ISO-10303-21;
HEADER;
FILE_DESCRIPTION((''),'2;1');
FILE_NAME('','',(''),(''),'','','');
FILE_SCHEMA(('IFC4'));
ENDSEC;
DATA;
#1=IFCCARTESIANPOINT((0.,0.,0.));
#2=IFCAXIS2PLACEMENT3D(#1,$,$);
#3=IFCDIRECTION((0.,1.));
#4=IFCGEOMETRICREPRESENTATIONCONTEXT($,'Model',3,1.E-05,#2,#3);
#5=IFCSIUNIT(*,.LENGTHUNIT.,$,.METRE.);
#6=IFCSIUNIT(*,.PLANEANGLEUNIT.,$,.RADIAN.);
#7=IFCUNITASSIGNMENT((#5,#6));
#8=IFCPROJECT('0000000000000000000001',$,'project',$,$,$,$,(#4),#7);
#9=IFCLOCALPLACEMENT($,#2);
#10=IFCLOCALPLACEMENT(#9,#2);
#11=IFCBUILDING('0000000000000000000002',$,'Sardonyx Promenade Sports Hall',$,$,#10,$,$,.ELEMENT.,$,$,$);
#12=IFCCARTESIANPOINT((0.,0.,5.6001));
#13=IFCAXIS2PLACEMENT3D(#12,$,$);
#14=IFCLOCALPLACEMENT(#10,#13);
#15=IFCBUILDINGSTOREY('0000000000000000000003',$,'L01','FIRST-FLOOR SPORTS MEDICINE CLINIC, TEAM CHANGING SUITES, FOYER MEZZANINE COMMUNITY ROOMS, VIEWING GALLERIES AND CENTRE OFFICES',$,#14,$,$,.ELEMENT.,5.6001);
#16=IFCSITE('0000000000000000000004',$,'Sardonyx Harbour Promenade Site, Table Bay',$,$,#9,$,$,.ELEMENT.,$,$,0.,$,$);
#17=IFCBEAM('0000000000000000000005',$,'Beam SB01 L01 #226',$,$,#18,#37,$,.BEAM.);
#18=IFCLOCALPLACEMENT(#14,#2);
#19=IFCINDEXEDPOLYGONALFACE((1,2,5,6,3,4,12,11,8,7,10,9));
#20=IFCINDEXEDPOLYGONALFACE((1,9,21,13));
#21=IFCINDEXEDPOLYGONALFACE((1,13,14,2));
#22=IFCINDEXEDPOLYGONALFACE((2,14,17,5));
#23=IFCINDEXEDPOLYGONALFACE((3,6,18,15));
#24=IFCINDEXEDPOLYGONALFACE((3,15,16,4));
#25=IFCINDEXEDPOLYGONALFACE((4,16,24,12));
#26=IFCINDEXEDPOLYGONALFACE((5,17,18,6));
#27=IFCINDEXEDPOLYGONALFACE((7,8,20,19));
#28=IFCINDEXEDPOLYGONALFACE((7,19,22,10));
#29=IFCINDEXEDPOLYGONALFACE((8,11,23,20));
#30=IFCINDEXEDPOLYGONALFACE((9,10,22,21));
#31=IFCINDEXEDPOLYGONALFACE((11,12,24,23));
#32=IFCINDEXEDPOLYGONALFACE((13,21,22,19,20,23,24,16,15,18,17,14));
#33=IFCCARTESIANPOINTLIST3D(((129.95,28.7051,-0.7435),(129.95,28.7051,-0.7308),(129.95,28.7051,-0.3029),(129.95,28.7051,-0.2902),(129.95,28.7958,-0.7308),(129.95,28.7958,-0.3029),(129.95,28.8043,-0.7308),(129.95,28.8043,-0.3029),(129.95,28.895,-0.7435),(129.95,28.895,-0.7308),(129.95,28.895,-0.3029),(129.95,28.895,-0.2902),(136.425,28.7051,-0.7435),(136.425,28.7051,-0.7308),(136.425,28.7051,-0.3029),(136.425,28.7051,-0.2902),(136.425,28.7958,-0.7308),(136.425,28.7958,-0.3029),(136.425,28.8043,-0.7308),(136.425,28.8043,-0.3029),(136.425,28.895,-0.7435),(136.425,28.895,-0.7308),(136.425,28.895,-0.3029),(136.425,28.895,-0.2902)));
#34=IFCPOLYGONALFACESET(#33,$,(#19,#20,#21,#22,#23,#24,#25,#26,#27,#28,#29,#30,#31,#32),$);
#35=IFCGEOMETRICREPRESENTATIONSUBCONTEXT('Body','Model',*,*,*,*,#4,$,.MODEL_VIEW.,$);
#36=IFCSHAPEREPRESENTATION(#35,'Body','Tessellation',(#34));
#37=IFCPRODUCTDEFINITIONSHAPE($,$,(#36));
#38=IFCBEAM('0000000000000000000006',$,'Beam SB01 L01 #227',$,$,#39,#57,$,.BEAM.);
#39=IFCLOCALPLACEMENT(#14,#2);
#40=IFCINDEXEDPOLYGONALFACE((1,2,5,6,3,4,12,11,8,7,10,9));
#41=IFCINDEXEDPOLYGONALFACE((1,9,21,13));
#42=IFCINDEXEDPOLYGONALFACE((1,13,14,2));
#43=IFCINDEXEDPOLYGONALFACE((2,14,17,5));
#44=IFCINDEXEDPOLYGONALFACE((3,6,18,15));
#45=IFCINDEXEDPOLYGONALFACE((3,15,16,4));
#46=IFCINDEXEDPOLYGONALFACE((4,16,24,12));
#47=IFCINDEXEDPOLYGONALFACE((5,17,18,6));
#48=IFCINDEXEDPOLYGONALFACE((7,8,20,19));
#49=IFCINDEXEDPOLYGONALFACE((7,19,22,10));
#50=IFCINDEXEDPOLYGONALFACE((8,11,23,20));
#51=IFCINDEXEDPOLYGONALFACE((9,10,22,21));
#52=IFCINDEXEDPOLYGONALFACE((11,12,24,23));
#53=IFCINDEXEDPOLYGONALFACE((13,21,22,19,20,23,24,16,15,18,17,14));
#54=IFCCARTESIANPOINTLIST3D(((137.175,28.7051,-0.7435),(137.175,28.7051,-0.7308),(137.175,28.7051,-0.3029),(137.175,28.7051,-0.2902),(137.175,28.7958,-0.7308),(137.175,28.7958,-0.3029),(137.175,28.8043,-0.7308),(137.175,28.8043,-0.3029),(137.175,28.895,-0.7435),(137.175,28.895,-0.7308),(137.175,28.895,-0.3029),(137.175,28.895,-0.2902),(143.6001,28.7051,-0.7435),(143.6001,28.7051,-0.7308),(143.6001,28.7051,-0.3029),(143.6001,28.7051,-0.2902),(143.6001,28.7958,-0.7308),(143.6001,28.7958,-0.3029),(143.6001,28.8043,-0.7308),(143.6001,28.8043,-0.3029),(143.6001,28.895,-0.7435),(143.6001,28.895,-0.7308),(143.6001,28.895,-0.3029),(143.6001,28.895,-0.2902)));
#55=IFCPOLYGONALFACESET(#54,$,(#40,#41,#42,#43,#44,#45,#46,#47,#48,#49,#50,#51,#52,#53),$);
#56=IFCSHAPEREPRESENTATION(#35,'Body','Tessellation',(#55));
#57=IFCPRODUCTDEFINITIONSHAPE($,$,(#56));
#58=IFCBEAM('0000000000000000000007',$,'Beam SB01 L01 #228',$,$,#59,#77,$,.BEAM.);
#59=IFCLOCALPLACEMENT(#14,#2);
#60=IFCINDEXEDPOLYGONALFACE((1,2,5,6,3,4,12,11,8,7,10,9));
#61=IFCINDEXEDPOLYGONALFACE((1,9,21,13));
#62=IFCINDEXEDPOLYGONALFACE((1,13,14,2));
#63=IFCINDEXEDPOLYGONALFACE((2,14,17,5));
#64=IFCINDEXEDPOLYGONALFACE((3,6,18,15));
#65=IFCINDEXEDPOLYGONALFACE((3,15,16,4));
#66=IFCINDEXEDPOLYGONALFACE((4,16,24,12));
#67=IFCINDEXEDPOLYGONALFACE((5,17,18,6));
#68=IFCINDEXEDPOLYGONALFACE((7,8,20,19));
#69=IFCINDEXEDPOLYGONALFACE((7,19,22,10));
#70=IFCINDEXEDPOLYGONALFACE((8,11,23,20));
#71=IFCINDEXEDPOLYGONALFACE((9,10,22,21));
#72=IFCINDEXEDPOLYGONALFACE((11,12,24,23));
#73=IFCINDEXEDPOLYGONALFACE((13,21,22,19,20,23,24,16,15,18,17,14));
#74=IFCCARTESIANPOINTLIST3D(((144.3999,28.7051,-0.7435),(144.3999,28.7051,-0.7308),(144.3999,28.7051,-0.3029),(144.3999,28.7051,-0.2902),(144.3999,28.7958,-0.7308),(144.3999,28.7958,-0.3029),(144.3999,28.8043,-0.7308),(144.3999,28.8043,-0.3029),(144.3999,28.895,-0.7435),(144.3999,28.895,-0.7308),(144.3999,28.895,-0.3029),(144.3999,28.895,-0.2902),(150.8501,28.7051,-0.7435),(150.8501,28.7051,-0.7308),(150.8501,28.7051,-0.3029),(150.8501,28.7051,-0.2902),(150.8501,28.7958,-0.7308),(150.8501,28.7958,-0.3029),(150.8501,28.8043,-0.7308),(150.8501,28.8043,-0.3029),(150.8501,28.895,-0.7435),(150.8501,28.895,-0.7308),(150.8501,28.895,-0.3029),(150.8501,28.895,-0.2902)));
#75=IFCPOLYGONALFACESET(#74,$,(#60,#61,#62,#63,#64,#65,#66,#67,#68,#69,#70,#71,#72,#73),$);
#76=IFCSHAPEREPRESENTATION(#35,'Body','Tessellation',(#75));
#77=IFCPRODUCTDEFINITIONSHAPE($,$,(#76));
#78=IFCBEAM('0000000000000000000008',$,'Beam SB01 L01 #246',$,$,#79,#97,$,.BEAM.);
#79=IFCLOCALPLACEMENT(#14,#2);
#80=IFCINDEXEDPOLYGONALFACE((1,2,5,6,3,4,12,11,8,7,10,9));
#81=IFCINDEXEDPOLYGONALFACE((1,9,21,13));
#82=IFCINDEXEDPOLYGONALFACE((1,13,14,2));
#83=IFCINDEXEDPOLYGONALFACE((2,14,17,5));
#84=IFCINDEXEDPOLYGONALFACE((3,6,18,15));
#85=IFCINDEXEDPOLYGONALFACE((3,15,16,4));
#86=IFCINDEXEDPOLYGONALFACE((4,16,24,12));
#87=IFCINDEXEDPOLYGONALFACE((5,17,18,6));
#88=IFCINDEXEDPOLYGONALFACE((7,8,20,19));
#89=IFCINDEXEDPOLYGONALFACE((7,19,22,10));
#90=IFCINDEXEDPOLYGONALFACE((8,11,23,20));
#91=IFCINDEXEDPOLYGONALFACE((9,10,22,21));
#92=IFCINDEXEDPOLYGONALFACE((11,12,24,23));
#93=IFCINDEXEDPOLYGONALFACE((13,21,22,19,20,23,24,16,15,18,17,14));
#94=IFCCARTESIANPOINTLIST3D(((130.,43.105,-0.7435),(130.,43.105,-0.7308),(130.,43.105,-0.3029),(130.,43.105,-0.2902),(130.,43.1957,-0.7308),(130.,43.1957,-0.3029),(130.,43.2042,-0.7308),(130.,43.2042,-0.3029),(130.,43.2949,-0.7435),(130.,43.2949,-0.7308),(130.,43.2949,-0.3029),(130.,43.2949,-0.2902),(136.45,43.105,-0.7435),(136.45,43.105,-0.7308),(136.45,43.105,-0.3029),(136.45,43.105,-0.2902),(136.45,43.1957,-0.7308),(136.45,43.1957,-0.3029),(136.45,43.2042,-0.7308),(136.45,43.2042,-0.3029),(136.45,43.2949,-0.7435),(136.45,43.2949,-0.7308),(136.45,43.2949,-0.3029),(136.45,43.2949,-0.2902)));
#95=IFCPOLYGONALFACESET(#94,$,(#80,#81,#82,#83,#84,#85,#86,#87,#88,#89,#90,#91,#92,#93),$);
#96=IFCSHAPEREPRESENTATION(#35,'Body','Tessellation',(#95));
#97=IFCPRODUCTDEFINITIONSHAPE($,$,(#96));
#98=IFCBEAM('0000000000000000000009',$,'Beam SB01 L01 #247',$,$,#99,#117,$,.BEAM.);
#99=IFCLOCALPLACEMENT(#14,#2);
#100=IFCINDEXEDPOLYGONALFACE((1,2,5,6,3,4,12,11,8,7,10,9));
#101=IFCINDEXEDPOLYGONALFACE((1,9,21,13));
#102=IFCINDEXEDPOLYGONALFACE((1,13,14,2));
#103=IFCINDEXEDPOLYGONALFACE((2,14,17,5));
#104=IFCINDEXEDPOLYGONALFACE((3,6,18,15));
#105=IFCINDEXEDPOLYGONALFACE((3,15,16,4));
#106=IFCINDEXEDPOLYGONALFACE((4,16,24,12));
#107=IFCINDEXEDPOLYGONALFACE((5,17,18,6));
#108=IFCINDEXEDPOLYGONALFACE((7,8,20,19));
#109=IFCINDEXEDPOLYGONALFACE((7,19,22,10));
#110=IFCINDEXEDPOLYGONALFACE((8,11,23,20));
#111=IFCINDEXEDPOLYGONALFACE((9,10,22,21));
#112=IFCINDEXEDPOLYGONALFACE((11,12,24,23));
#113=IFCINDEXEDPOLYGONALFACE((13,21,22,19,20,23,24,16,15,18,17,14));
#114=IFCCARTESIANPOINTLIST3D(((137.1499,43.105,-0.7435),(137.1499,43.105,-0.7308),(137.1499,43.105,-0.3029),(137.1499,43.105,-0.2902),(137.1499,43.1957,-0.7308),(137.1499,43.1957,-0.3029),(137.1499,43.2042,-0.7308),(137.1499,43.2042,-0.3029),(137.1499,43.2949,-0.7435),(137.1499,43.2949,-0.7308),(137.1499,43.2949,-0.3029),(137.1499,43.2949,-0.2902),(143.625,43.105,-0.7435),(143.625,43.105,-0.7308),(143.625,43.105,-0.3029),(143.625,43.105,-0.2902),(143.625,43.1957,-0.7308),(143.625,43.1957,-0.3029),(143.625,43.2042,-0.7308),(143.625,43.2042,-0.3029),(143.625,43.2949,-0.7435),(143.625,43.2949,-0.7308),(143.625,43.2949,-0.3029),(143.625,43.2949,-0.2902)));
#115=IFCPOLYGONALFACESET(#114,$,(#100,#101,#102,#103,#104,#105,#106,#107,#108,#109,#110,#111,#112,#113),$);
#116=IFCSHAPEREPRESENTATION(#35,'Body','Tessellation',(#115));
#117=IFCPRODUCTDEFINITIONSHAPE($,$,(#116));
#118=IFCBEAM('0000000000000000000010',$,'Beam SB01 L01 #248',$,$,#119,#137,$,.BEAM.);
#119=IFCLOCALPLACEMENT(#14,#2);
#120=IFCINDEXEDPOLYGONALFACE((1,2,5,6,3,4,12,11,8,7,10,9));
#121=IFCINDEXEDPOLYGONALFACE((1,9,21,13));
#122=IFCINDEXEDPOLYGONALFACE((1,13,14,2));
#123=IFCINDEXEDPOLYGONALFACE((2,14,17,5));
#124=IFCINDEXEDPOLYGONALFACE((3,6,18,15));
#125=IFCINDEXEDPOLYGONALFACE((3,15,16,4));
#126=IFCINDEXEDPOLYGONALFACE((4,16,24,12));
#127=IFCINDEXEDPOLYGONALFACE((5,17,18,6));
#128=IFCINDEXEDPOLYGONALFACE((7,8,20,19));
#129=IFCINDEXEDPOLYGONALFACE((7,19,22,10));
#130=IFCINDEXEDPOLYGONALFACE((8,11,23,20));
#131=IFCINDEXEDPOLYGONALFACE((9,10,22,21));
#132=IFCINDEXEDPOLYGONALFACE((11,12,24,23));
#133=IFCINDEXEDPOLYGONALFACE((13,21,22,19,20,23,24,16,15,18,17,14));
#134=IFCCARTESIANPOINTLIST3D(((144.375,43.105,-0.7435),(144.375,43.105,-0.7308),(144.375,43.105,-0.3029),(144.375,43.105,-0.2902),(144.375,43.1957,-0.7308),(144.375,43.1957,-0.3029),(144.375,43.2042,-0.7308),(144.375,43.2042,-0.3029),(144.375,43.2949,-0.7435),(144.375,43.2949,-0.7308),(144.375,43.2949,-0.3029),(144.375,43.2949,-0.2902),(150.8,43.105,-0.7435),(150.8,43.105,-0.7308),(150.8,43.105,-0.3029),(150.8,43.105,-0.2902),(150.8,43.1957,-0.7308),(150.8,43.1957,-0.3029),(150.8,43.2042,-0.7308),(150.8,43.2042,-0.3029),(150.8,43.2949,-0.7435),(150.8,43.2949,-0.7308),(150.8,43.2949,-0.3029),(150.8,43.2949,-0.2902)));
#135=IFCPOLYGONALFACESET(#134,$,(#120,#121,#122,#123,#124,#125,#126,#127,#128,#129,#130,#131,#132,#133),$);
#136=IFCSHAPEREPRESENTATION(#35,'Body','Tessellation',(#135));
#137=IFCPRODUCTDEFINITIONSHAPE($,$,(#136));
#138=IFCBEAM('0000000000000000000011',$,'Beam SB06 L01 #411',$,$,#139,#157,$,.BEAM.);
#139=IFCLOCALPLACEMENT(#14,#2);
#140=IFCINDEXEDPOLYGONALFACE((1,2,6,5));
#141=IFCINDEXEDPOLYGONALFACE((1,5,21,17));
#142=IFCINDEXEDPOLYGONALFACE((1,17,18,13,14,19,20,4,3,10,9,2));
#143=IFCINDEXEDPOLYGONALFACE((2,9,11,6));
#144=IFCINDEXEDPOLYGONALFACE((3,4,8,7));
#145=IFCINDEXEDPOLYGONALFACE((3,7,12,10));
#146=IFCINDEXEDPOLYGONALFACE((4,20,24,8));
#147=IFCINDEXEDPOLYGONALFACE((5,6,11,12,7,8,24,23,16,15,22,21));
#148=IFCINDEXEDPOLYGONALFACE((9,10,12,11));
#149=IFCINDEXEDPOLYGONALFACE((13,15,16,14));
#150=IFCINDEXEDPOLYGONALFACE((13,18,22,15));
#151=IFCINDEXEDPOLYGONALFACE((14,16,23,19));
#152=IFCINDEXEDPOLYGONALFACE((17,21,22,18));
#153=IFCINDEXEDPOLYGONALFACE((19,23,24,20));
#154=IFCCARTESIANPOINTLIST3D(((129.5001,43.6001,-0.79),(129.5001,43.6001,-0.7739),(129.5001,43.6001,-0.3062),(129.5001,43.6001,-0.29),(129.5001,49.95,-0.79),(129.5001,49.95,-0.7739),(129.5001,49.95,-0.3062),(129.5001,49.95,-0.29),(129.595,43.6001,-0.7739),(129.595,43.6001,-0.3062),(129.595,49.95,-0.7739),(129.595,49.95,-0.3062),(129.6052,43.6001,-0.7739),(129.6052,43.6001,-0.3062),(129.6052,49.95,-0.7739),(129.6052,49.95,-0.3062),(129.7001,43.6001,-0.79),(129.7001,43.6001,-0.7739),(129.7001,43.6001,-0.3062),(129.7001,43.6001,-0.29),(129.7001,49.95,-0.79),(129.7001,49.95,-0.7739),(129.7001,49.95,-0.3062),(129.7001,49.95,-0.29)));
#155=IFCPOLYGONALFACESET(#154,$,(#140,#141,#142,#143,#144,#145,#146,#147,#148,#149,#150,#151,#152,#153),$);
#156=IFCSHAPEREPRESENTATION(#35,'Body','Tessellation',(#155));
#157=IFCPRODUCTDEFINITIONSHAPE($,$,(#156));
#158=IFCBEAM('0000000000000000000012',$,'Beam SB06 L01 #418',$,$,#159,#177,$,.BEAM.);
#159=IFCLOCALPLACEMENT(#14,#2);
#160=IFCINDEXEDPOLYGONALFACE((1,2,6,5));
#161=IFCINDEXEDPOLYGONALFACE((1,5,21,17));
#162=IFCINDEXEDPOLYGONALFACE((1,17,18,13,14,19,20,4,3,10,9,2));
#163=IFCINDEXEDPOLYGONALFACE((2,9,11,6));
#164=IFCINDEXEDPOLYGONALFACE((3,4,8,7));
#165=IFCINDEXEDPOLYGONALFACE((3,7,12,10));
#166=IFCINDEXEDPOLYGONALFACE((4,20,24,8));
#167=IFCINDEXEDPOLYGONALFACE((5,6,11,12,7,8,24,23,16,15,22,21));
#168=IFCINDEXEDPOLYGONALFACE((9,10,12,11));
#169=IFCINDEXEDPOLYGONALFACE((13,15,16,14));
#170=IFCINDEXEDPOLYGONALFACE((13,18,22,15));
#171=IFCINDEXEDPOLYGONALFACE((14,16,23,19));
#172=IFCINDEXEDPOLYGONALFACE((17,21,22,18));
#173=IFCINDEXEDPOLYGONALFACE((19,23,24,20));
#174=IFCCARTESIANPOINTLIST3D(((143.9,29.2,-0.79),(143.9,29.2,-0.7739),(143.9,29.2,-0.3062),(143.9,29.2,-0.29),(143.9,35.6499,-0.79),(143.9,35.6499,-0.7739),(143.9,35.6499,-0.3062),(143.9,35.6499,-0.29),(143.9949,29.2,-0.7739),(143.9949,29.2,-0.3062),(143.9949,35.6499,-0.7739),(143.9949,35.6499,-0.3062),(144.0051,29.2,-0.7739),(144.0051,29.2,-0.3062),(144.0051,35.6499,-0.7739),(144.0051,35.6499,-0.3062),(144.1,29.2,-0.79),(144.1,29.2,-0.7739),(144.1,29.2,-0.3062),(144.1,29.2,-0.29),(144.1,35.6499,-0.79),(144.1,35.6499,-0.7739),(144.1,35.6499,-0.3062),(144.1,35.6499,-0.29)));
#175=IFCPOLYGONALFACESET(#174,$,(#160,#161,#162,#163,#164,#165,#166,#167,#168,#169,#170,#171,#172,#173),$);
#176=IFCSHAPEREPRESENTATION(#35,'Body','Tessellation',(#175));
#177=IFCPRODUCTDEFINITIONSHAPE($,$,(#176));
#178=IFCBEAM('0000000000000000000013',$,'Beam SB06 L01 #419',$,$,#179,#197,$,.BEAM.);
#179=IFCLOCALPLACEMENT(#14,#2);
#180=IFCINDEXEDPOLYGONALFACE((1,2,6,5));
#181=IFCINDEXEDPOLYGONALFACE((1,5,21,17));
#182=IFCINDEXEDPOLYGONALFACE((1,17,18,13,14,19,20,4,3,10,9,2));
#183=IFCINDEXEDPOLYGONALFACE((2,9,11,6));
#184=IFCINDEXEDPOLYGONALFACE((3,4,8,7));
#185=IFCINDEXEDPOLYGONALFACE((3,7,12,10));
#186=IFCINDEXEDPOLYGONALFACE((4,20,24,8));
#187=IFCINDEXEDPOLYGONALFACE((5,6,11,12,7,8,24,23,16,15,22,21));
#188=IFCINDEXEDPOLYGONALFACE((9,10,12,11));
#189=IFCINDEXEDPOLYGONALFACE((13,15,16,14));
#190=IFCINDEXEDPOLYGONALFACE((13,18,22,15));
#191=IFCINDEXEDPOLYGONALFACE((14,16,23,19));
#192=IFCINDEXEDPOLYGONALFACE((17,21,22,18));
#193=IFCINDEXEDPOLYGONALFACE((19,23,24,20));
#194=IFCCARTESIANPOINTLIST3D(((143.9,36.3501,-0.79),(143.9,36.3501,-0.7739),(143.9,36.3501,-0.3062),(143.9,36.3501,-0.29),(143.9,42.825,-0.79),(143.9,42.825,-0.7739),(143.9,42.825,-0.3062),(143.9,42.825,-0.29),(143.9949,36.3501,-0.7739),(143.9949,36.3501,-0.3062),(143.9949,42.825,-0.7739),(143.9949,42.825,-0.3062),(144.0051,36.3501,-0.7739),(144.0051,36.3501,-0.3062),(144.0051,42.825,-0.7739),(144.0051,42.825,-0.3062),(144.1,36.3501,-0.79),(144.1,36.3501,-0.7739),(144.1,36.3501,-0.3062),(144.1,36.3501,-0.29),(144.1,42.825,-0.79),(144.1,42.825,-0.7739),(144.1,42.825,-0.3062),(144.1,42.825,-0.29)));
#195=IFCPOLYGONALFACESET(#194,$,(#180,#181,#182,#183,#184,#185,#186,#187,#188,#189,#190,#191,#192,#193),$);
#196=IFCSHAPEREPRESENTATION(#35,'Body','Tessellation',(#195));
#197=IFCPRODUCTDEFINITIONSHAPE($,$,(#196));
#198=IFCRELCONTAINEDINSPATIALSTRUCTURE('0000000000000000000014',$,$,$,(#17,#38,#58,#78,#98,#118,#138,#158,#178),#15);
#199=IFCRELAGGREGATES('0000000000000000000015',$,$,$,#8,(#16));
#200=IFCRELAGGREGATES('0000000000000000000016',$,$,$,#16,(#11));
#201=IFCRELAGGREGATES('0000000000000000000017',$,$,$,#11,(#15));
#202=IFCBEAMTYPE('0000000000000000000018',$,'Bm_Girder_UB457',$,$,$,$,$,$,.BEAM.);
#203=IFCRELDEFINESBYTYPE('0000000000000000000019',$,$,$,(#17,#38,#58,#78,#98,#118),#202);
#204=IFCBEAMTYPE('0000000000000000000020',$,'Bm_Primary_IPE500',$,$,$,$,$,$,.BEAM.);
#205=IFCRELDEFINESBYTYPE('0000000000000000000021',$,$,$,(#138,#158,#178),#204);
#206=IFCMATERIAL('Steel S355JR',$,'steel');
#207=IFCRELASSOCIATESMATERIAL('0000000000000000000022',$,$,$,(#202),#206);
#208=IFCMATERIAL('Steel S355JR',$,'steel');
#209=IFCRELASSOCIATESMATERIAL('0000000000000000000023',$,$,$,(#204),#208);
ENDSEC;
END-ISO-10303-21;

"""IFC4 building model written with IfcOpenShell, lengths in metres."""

from ifc_helpers import new_model, si_unit, direction, frame, origin, origin_2d, place, context, subcontext, project, spatial, i_section, extrude, material, material_profile, profile_set, type_object, element, save


model = new_model("IFC4")

# Units and contexts
model_context = context("Model", 3, precision=1e-05, world=origin(), true_north=direction((0.0, 1.0)))
body_context = subcontext(model_context, "Body", "Model", "MODEL_VIEW")
ifc_project = project(units=[si_unit("LENGTHUNIT", "METRE"), si_unit("PLANEANGLEUNIT", "RADIAN")], contexts=[model_context])

# Site, building, storey
site_placement = place(None, origin())
site = spatial("IfcSite", under=ifc_project, at=site_placement, Name="Sardonyx Harbour Promenade Site, Table Bay", CompositionType="ELEMENT", RefElevation=0.0)
building_placement = place(site_placement, origin())
building = spatial("IfcBuilding", under=site, at=building_placement, Name="Sardonyx Promenade Sports Hall", CompositionType="ELEMENT")
storey_placement = place(building_placement, frame((0.0, 0.0, 5.6001)))
storey = spatial("IfcBuildingStorey", under=building, at=storey_placement, Name="L01", Description="FIRST-FLOOR SPORTS MEDICINE CLINIC, TEAM CHANGING SUITES, FOYER MEZZANINE COMMUNITY ROOMS, VIEWING GALLERIES AND CENTRE OFFICES", CompositionType="ELEMENT", Elevation=5.6001)

# Beams
ifc_material_1 = material(Name="Steel S355JR", Category="steel")
ifc_material_profile_1 = material_profile(ifc_material_1, i_section(OverallWidth=0.1899, OverallDepth=0.4534, WebThickness=0.0085, FlangeThickness=0.0127, at=origin_2d()))
ifc_profile_set_1 = profile_set([ifc_material_profile_1], Name="Steel S355JR")
beam_type_1 = type_object("IfcBeamType", Name="Bm_Girder_UB457", PredefinedType="BEAM", material=ifc_profile_set_1)
beam_1_placement = place(storey_placement, frame((129.95, 28.8, -0.5168), z_axis=(1.0, 0.0, 0.0), x_axis=(0.0, 1.0, 0.0)))
element("IfcBeam", 1, at=beam_1_placement, inside=storey, type_object=beam_type_1, Name="Beam SB01 L01 #226", PredefinedType="BEAM", context=body_context, shape_type="SweptSolid", body=[
    extrude(i_section(OverallWidth=0.1899, OverallDepth=0.4534, WebThickness=0.0085, FlangeThickness=0.0127, at=origin_2d()), origin(), (0.0, 0.0, 1.0), 6.4751),
])
beam_2_placement = place(storey_placement, frame((137.175, 28.8, -0.5168), z_axis=(1.0, 0.0, 0.0), x_axis=(0.0, 1.0, 0.0)))
element("IfcBeam", 2, at=beam_2_placement, inside=storey, type_object=beam_type_1, Name="Beam SB01 L01 #227", PredefinedType="BEAM", context=body_context, shape_type="SweptSolid", body=[
    extrude(i_section(OverallWidth=0.1899, OverallDepth=0.4534, WebThickness=0.0085, FlangeThickness=0.0127, at=origin_2d()), origin(), (0.0, 0.0, 1.0), 6.425),
])
beam_3_placement = place(storey_placement, frame((144.3999, 28.8, -0.5168), z_axis=(1.0, 0.0, 0.0), x_axis=(0.0, 1.0, 0.0)))
element("IfcBeam", 3, at=beam_3_placement, inside=storey, type_object=beam_type_1, Name="Beam SB01 L01 #228", PredefinedType="BEAM", context=body_context, shape_type="SweptSolid", body=[
    extrude(i_section(OverallWidth=0.1899, OverallDepth=0.4534, WebThickness=0.0085, FlangeThickness=0.0127, at=origin_2d()), origin(), (0.0, 0.0, 1.0), 6.4502),
])
beam_4_placement = place(storey_placement, frame((130.0, 43.2, -0.5168), z_axis=(1.0, 0.0, 0.0), x_axis=(0.0, 1.0, 0.0)))
element("IfcBeam", 4, at=beam_4_placement, inside=storey, type_object=beam_type_1, Name="Beam SB01 L01 #246", PredefinedType="BEAM", context=body_context, shape_type="SweptSolid", body=[
    extrude(i_section(OverallWidth=0.1899, OverallDepth=0.4534, WebThickness=0.0085, FlangeThickness=0.0127, at=origin_2d()), origin(), (0.0, 0.0, 1.0), 6.45),
])
beam_5_placement = place(storey_placement, frame((137.1499, 43.2, -0.5168), z_axis=(1.0, 0.0, 0.0), x_axis=(0.0, 1.0, 0.0)))
element("IfcBeam", 5, at=beam_5_placement, inside=storey, type_object=beam_type_1, Name="Beam SB01 L01 #247", PredefinedType="BEAM", context=body_context, shape_type="SweptSolid", body=[
    extrude(i_section(OverallWidth=0.1899, OverallDepth=0.4534, WebThickness=0.0085, FlangeThickness=0.0127, at=origin_2d()), origin(), (0.0, 0.0, 1.0), 6.4751),
])
beam_6_placement = place(storey_placement, frame((144.375, 43.2, -0.5168), z_axis=(1.0, 0.0, 0.0), x_axis=(0.0, 1.0, 0.0)))
element("IfcBeam", 6, at=beam_6_placement, inside=storey, type_object=beam_type_1, Name="Beam SB01 L01 #248", PredefinedType="BEAM", context=body_context, shape_type="SweptSolid", body=[
    extrude(i_section(OverallWidth=0.1899, OverallDepth=0.4534, WebThickness=0.0085, FlangeThickness=0.0127, at=origin_2d()), origin(), (0.0, 0.0, 1.0), 6.425),
])
ifc_material_2 = material(Name="Steel S355JR", Category="steel")
ifc_material_profile_2 = material_profile(ifc_material_2, i_section(OverallWidth=0.2, OverallDepth=0.5, WebThickness=0.0103, FlangeThickness=0.0161, at=origin_2d()))
ifc_profile_set_2 = profile_set([ifc_material_profile_2], Name="Steel S355JR")
beam_type_2 = type_object("IfcBeamType", Name="Bm_Primary_IPE500", PredefinedType="BEAM", material=ifc_profile_set_2)
beam_7_placement = place(storey_placement, frame((129.6001, 43.6001, -0.54), z_axis=(0.0, 1.0, 0.0), x_axis=(-1.0, 0.0, 0.0)))
element("IfcBeam", 7, at=beam_7_placement, inside=storey, type_object=beam_type_2, Name="Beam SB06 L01 #411", PredefinedType="BEAM", context=body_context, shape_type="SweptSolid", body=[
    extrude(i_section(OverallWidth=0.2, OverallDepth=0.5, WebThickness=0.0103, FlangeThickness=0.0161, at=origin_2d()), origin(), (0.0, 0.0, 1.0), 6.3499),
])
beam_8_placement = place(storey_placement, frame((144.0, 29.2, -0.54), z_axis=(0.0, 1.0, 0.0), x_axis=(-1.0, 0.0, 0.0)))
element("IfcBeam", 8, at=beam_8_placement, inside=storey, type_object=beam_type_2, Name="Beam SB06 L01 #418", PredefinedType="BEAM", context=body_context, shape_type="SweptSolid", body=[
    extrude(i_section(OverallWidth=0.2, OverallDepth=0.5, WebThickness=0.0103, FlangeThickness=0.0161, at=origin_2d()), origin(), (0.0, 0.0, 1.0), 6.45),
])
beam_9_placement = place(storey_placement, frame((144.0, 36.3501, -0.54), z_axis=(0.0, 1.0, 0.0), x_axis=(-1.0, 0.0, 0.0)))
element("IfcBeam", 9, at=beam_9_placement, inside=storey, type_object=beam_type_2, Name="Beam SB06 L01 #419", PredefinedType="BEAM", context=body_context, shape_type="SweptSolid", body=[
    extrude(i_section(OverallWidth=0.2, OverallDepth=0.5, WebThickness=0.0103, FlangeThickness=0.0161, at=origin_2d()), origin(), (0.0, 0.0, 1.0), 6.4749),
])

save(model, "model.ifc")
